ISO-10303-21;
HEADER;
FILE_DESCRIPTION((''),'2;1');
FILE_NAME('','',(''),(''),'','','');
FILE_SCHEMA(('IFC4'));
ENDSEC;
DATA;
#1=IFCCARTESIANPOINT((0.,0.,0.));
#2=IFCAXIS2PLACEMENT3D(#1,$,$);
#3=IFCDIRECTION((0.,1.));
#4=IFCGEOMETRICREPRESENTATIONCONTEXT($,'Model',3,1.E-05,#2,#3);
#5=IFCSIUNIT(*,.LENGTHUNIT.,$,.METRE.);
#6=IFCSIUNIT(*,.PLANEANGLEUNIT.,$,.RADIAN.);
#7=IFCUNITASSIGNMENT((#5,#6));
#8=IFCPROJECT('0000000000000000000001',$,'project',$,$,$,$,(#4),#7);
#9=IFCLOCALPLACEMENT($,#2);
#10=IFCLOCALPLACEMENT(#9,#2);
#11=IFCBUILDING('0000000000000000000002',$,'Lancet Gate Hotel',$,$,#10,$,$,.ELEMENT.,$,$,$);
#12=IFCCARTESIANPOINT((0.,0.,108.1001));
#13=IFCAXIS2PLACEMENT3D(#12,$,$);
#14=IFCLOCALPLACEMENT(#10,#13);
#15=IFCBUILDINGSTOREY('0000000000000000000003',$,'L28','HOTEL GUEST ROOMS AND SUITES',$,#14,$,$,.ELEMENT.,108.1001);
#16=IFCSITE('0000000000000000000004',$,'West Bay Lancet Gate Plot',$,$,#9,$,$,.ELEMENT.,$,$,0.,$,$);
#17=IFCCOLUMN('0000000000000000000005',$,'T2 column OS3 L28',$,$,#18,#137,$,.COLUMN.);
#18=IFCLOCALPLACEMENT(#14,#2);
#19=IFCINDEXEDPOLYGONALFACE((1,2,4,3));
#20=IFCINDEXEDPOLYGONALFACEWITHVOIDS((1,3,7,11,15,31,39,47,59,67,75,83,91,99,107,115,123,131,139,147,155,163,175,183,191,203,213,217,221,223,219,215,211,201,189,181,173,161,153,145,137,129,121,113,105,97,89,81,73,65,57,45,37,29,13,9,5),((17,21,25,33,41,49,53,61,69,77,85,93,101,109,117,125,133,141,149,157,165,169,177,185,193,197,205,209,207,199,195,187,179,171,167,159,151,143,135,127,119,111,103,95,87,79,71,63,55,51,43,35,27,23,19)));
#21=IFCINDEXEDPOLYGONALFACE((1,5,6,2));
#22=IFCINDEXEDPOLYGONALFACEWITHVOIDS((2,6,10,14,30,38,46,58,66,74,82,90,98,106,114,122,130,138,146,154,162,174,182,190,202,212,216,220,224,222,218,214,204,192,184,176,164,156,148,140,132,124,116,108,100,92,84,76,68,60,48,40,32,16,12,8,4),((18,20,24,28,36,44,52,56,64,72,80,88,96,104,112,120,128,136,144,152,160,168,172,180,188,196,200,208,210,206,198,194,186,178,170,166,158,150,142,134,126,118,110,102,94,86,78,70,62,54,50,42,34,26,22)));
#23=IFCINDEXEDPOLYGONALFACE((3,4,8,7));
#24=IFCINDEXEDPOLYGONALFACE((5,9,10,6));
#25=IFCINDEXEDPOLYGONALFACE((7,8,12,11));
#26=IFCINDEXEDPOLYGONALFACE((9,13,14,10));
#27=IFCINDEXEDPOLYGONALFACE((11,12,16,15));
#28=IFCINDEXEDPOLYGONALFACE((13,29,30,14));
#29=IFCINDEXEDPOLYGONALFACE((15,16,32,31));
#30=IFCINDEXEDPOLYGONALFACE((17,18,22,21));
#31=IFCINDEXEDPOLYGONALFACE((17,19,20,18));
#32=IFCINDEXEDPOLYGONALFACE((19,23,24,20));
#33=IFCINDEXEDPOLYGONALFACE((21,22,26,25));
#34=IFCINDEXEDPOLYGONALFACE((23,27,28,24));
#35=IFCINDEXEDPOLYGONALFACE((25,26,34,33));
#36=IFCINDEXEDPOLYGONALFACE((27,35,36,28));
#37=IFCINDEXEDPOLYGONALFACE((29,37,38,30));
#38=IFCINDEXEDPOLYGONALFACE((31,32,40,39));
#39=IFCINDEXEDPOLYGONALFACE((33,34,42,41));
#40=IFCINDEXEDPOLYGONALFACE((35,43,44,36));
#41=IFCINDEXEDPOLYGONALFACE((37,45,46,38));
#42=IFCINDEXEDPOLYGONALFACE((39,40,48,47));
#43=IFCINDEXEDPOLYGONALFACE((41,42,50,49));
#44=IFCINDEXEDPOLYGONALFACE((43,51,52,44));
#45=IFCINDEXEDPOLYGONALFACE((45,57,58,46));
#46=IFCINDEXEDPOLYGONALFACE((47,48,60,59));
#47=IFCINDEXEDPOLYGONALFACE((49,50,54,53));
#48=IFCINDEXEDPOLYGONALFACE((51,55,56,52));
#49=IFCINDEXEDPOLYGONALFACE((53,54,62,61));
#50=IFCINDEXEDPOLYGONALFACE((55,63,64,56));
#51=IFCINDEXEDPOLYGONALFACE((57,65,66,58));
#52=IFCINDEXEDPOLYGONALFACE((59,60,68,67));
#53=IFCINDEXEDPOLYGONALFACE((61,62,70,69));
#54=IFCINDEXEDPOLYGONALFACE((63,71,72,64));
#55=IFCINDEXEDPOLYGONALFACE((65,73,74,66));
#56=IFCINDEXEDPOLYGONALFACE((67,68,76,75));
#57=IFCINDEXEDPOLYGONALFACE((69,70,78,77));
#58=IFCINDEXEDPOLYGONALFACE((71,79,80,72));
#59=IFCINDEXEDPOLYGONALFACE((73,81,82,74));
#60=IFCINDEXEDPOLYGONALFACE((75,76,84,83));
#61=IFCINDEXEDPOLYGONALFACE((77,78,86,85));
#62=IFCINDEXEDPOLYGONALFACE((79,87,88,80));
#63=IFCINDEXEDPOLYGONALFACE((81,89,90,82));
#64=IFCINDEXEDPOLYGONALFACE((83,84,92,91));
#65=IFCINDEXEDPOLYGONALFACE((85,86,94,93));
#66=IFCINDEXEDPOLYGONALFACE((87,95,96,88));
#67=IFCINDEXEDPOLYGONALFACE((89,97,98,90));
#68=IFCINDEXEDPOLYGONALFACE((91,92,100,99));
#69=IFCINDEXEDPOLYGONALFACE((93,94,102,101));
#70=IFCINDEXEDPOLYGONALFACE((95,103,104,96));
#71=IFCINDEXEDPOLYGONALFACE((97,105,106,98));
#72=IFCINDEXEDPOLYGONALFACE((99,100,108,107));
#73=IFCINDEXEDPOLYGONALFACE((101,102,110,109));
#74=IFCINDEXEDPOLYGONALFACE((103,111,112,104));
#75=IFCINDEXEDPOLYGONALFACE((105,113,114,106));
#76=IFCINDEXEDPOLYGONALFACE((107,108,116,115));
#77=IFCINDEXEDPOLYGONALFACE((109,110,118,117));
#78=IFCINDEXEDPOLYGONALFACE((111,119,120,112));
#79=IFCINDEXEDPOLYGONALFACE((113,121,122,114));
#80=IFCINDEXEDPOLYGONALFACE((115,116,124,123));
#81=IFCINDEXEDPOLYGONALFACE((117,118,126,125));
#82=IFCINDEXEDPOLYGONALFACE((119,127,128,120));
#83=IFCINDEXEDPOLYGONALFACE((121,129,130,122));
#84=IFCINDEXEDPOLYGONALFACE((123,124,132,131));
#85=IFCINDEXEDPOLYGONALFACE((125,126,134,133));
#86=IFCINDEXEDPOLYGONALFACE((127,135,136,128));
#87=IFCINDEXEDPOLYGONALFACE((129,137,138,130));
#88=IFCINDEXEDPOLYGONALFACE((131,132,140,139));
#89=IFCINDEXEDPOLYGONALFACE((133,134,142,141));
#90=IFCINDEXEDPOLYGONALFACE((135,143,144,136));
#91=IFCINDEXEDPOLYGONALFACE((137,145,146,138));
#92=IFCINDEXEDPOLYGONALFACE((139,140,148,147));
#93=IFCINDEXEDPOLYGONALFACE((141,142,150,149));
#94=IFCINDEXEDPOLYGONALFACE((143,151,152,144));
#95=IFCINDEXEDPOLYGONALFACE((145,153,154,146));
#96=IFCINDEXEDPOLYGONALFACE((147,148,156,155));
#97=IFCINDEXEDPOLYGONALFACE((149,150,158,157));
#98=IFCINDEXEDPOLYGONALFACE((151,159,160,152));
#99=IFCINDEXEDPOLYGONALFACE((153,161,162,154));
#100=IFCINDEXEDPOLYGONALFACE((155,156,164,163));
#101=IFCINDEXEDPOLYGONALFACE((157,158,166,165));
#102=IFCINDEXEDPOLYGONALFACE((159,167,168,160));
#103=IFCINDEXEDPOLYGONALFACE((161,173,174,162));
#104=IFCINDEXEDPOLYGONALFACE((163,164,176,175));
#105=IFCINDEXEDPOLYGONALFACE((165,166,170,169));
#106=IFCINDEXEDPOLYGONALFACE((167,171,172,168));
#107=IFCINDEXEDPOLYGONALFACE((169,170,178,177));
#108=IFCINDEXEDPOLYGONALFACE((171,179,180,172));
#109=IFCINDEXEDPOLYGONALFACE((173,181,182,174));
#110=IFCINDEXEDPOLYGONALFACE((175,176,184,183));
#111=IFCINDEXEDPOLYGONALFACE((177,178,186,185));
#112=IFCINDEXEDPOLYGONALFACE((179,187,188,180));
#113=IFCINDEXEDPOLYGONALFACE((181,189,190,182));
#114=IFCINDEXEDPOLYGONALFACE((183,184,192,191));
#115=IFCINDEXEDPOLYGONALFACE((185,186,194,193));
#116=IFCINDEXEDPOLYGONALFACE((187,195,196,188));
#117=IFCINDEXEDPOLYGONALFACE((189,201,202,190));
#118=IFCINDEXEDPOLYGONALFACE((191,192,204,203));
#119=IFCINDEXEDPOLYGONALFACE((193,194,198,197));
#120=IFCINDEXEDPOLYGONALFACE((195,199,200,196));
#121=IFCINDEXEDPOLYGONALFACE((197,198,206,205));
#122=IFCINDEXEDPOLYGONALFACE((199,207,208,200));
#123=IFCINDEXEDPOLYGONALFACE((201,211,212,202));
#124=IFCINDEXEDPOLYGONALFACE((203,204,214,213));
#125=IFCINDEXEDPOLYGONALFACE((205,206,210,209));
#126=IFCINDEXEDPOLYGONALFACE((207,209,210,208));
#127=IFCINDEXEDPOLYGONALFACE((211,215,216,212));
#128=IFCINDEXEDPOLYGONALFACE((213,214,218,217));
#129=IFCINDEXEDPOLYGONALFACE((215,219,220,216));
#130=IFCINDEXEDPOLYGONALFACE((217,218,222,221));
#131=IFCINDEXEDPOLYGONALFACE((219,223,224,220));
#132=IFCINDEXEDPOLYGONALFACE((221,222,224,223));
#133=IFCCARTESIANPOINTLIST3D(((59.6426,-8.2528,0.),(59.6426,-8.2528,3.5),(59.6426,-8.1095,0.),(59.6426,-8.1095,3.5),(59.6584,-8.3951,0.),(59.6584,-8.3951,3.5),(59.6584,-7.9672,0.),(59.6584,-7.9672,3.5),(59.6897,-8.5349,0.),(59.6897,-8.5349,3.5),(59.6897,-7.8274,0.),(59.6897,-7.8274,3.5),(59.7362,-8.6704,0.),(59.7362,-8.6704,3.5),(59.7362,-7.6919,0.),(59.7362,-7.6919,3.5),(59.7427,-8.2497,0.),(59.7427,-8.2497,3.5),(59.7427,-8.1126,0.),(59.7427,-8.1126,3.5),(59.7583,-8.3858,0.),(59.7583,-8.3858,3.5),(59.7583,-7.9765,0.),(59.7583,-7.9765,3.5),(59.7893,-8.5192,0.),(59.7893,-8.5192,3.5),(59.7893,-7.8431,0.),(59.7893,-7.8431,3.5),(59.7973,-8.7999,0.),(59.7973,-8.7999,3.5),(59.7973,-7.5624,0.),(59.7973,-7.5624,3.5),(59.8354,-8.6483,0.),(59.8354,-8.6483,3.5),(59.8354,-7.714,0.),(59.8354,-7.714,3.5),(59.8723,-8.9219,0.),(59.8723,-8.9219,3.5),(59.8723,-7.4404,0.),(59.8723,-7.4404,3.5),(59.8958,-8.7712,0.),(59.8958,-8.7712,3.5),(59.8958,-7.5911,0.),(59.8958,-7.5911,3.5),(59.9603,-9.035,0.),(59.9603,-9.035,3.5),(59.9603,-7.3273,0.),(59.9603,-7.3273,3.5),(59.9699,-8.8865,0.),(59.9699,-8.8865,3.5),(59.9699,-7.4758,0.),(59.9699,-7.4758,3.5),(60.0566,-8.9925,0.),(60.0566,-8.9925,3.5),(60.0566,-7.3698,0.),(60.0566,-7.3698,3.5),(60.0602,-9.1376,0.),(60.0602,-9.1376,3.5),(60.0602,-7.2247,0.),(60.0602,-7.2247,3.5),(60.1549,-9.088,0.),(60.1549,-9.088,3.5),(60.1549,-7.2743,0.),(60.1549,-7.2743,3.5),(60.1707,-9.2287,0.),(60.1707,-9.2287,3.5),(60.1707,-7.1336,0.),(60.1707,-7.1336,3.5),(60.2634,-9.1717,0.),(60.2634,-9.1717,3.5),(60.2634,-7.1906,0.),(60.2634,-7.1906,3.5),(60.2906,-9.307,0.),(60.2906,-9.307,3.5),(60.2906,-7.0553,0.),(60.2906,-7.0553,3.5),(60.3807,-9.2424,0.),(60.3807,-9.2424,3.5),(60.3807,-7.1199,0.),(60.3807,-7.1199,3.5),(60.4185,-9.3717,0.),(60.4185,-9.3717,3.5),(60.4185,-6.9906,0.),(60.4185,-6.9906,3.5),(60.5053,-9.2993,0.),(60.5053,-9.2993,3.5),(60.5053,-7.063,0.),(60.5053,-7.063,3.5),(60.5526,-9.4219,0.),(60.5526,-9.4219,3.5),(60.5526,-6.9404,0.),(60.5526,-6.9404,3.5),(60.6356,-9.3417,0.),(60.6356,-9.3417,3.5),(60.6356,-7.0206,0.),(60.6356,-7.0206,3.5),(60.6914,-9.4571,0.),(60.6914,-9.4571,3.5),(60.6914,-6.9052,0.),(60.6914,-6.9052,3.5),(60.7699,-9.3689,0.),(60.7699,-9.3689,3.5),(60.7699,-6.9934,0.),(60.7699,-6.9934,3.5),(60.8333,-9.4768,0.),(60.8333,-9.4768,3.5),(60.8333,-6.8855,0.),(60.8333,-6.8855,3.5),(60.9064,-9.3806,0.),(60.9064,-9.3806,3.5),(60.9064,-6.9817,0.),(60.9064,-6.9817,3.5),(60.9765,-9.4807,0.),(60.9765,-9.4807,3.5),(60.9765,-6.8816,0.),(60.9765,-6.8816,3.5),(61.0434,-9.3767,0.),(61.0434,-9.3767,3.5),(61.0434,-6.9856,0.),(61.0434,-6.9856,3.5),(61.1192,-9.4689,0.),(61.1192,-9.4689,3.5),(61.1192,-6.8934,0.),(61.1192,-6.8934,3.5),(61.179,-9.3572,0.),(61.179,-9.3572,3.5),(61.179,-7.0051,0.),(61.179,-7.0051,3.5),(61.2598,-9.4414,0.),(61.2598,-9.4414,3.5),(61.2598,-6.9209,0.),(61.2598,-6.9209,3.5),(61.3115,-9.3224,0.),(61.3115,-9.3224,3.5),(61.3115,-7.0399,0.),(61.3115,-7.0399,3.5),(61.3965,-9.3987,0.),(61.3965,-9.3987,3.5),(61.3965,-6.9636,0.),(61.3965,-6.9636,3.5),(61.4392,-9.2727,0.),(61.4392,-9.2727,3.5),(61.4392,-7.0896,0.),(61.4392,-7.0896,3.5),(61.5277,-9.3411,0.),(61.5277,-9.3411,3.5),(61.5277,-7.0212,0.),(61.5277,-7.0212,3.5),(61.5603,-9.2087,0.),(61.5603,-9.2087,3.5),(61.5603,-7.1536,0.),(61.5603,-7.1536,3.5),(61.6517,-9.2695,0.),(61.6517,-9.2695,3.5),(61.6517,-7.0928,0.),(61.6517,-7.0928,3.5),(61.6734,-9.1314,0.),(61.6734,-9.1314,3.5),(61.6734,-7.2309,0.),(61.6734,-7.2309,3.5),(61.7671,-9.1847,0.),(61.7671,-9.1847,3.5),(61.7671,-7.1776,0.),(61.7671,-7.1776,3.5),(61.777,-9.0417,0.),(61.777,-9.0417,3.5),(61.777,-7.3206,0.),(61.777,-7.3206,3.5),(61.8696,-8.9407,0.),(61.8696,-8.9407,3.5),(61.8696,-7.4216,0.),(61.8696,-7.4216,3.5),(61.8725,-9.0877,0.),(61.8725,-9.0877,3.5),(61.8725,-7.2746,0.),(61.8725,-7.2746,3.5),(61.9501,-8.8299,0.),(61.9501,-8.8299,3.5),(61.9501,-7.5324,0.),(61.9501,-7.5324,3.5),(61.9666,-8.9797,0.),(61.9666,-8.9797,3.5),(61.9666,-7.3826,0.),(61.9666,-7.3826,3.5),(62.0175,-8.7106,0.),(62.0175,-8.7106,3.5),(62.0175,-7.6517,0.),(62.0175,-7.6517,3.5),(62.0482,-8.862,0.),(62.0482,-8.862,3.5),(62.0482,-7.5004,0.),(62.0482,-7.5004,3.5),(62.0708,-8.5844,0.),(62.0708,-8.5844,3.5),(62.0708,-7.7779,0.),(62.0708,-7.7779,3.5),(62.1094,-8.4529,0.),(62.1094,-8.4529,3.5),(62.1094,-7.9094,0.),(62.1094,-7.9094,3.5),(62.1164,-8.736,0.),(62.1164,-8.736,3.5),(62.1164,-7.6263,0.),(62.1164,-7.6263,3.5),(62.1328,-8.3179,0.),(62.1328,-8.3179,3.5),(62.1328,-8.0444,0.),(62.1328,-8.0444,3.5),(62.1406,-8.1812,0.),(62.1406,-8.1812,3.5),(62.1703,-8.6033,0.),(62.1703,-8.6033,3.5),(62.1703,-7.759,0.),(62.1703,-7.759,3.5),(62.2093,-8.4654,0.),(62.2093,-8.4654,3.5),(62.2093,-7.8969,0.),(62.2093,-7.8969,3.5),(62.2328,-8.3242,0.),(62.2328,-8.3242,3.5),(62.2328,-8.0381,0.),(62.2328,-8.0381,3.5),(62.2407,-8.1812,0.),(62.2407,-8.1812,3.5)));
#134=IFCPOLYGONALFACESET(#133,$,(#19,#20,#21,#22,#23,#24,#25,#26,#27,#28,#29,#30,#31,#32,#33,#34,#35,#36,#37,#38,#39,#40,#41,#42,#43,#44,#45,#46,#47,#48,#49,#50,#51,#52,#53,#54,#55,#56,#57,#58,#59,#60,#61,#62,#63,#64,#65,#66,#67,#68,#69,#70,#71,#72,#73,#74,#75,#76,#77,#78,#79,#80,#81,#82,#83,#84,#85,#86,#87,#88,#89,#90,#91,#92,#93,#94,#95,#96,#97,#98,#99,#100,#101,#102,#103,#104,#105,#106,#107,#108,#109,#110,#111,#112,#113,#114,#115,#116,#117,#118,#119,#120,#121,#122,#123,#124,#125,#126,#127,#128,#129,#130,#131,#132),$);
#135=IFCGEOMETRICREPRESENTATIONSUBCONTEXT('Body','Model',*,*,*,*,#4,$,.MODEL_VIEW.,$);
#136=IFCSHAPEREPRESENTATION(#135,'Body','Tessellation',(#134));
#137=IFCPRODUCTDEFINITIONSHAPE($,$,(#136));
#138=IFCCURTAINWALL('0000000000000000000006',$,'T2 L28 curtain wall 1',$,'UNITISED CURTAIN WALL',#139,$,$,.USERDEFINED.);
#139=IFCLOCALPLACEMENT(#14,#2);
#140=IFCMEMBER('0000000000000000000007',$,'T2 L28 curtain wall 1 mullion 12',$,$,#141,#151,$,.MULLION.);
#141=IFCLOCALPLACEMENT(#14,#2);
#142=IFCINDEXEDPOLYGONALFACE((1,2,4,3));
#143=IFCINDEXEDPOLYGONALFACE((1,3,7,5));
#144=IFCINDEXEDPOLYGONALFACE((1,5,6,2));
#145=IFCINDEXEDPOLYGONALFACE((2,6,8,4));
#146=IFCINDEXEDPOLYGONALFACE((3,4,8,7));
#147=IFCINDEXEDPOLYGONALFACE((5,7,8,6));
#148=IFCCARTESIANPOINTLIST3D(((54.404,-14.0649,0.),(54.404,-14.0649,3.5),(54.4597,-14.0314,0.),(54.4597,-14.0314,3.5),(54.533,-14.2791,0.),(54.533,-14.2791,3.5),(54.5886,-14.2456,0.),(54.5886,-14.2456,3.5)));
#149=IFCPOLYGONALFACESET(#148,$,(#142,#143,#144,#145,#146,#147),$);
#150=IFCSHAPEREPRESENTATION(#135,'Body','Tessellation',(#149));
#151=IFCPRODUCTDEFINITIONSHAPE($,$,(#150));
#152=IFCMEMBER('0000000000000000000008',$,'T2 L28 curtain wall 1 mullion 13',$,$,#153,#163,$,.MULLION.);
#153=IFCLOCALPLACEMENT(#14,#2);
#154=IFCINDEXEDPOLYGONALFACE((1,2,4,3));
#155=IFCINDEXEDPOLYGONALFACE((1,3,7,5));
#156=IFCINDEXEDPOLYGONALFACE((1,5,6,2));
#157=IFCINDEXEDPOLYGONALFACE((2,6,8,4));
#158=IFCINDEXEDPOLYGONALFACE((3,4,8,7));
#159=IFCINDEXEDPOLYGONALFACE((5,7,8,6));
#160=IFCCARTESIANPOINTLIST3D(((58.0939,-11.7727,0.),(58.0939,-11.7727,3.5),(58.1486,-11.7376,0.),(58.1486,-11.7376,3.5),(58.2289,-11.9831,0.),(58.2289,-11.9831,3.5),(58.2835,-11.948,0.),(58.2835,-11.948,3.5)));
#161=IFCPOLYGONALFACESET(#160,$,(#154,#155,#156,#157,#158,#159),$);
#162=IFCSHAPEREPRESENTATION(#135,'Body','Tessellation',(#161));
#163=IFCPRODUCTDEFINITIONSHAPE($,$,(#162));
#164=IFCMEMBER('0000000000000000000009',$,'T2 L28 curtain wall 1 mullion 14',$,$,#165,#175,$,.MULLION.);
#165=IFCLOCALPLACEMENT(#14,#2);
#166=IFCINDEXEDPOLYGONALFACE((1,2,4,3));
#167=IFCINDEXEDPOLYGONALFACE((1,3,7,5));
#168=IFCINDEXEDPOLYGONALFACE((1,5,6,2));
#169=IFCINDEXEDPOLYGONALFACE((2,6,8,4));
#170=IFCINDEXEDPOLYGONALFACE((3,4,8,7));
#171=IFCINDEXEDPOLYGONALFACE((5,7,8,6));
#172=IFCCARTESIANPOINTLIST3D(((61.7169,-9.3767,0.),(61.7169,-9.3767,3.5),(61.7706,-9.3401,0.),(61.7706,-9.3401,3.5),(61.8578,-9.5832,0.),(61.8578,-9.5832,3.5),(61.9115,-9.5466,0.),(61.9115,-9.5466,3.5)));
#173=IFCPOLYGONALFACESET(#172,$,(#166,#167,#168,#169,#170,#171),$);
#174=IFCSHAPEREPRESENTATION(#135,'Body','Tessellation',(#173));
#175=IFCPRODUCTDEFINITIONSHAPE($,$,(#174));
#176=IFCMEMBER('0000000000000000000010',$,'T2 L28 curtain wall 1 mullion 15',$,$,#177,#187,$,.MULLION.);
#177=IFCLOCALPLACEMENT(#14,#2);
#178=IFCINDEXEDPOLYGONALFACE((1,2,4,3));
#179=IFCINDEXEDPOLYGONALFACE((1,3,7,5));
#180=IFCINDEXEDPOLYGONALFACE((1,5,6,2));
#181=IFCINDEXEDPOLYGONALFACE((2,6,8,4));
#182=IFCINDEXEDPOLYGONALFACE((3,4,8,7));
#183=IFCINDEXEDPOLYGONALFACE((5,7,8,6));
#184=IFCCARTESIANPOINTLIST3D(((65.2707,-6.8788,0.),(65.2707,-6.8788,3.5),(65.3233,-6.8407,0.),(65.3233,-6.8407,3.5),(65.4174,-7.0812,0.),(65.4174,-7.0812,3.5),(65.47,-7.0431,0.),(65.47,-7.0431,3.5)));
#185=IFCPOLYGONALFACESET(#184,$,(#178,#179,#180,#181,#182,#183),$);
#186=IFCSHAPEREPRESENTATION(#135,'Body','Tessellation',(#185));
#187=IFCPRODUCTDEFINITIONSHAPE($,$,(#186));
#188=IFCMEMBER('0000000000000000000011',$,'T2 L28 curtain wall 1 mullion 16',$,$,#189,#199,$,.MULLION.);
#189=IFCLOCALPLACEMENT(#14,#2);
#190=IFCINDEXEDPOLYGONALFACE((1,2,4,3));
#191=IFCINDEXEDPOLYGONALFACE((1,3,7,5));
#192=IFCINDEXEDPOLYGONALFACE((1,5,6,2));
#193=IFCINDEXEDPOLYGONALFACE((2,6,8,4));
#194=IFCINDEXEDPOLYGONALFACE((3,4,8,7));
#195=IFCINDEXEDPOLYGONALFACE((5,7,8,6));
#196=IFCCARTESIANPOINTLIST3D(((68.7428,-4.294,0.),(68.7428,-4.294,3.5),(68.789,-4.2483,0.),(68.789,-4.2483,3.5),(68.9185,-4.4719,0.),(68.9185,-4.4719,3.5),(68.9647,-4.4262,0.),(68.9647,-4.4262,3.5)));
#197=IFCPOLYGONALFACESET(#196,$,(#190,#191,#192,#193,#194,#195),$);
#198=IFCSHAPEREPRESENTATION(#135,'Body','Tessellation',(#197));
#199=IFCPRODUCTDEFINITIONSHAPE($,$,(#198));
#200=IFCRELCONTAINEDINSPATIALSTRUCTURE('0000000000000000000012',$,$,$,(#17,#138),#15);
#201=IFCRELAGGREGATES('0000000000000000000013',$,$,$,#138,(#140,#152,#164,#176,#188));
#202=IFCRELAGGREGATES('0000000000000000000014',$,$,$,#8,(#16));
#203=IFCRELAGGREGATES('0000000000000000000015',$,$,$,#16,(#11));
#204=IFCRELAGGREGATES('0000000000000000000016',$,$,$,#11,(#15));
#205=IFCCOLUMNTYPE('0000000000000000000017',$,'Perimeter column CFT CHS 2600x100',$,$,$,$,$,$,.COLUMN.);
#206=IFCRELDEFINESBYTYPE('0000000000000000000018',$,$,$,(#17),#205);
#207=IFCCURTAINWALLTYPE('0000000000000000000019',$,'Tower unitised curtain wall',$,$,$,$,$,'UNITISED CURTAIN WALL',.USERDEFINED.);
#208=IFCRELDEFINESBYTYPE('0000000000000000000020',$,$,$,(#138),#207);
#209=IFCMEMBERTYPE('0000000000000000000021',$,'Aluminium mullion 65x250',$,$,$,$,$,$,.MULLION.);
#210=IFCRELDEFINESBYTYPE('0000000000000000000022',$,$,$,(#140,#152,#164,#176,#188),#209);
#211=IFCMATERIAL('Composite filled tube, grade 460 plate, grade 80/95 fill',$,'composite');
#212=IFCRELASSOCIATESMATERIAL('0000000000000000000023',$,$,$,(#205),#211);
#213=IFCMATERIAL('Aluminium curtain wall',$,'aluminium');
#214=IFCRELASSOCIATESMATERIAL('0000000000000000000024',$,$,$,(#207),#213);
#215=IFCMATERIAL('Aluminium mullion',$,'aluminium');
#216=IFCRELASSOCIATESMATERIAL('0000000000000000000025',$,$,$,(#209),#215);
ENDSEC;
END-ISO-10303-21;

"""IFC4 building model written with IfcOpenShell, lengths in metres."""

from ifc_helpers import new_model, si_unit, direction, frame, origin, origin_2d, place, context, subcontext, project, spatial, rectangle, hollow_circle, extrude, material, material_profile, profile_set, type_object, element, aggregate, save


model = new_model("IFC4")

# Units and contexts
model_context = context("Model", 3, precision=1e-05, world=origin(), true_north=direction((0.0, 1.0)))
body_context = subcontext(model_context, "Body", "Model", "MODEL_VIEW")
ifc_project = project(units=[si_unit("LENGTHUNIT", "METRE"), si_unit("PLANEANGLEUNIT", "RADIAN")], contexts=[model_context])

# Site, building, storey
site_placement = place(None, origin())
site = spatial("IfcSite", under=ifc_project, at=site_placement, Name="West Bay Lancet Gate Plot", CompositionType="ELEMENT", RefElevation=0.0)
building_placement = place(site_placement, origin())
building = spatial("IfcBuilding", under=site, at=building_placement, Name="Lancet Gate Hotel", CompositionType="ELEMENT")
storey_placement = place(building_placement, frame((0.0, 0.0, 108.1001)))
storey = spatial("IfcBuildingStorey", under=building, at=storey_placement, Name="L28", Description="HOTEL GUEST ROOMS AND SUITES", CompositionType="ELEMENT", Elevation=108.1001)

# Column
ifc_material_1 = material(Name="Composite filled tube, grade 460 plate, grade 80/95 fill", Category="composite")
ifc_material_profile_1 = material_profile(ifc_material_1, hollow_circle(Radius=1.3, WallThickness=0.1001, at=origin_2d()), Name="CHS 2600x100")
ifc_profile_set_1 = profile_set([ifc_material_profile_1], Name="Composite filled tube, grade 460 plate, grade 80/95 fill")
column_type = type_object("IfcColumnType", Name="Perimeter column CFT CHS 2600x100", PredefinedType="COLUMN", material=ifc_profile_set_1)
column_placement = place(storey_placement, frame((60.9407, -8.1812, 0.0), z_axis=(0.0, 0.0, 1.0), x_axis=(1.0, 0.0, 0.0)))
element("IfcColumn", 1, at=column_placement, inside=storey, type_object=column_type, Name="T2 column OS3 L28", PredefinedType="COLUMN", context=body_context, shape_type="SweptSolid", body=[
    extrude(hollow_circle(Radius=1.3, WallThickness=0.1001, at=origin_2d()), origin(), (0.0, 0.0, 1.0), 3.5),
])

# Curtain wall, members
ifc_material_2 = material(Name="Aluminium curtain wall", Category="aluminium")
curtain_wall_type = type_object("IfcCurtainWallType", Name="Tower unitised curtain wall", ElementType="UNITISED CURTAIN WALL", PredefinedType="USERDEFINED", material=ifc_material_2)
curtain_wall_placement = place(storey_placement, origin())
curtain_wall = element("IfcCurtainWall", 2, at=curtain_wall_placement, inside=storey, type_object=curtain_wall_type, Name="T2 L28 curtain wall 1", ObjectType="UNITISED CURTAIN WALL", PredefinedType="USERDEFINED")
ifc_material_3 = material(Name="Aluminium mullion", Category="aluminium")
ifc_material_profile_2 = material_profile(ifc_material_3, rectangle(XDim=0.0649, YDim=0.25, at=origin_2d()), Name="MULLION 65x250")
ifc_profile_set_2 = profile_set([ifc_material_profile_2], Name="Aluminium mullion")
member_type_1 = type_object("IfcMemberType", Name="Aluminium mullion 65x250", PredefinedType="MULLION", material=ifc_profile_set_2)
member_1_placement = place(storey_placement, frame((54.4963, -14.1553, 0.0), z_axis=(0.0, 0.0, 1.0), x_axis=(0.856728, 0.515768, 0.0)))
member_1 = element("IfcMember", 3, at=member_1_placement, type_object=member_type_1, Name="T2 L28 curtain wall 1 mullion 12", PredefinedType="MULLION", context=body_context, shape_type="SweptSolid", body=[
    extrude(rectangle(XDim=0.0649, YDim=0.25, at=origin_2d()), origin(), (0.0, 0.0, 1.0), 3.5),
])
member_2_placement = place(storey_placement, frame((58.1887, -11.8604, 0.0), z_axis=(0.0, 0.0, 1.0), x_axis=(0.841736, 0.539889, 0.0)))
member_2 = element("IfcMember", 4, at=member_2_placement, type_object=member_type_1, Name="T2 L28 curtain wall 1 mullion 13", PredefinedType="MULLION", context=body_context, shape_type="SweptSolid", body=[
    extrude(rectangle(XDim=0.0649, YDim=0.25, at=origin_2d()), origin(), (0.0, 0.0, 1.0), 3.5),
])
member_3_placement = place(storey_placement, frame((61.8142, -9.4617, 0.0), z_axis=(0.0, 0.0, 1.0), x_axis=(0.826066, 0.563574, 0.0)))
member_3 = element("IfcMember", 5, at=member_3_placement, type_object=member_type_1, Name="T2 L28 curtain wall 1 mullion 14", PredefinedType="MULLION", context=body_context, shape_type="SweptSolid", body=[
    extrude(rectangle(XDim=0.0649, YDim=0.25, at=origin_2d()), origin(), (0.0, 0.0, 1.0), 3.5),
])
member_4_placement = place(storey_placement, frame((65.3704, -6.9609, 0.0), z_axis=(0.0, 0.0, 1.0), x_axis=(0.809729, 0.586805, 0.0)))
member_4 = element("IfcMember", 6, at=member_4_placement, type_object=member_type_1, Name="T2 L28 curtain wall 1 mullion 15", PredefinedType="MULLION", context=body_context, shape_type="SweptSolid", body=[
    extrude(rectangle(XDim=0.0649, YDim=0.25, at=origin_2d()), origin(), (0.0, 0.0, 1.0), 3.5),
])
member_5_placement = place(storey_placement, frame((68.8538, -4.3601, 0.0), z_axis=(0.0, 0.0, 1.0), x_axis=(0.71161, 0.702574, 0.0)))
member_5 = element("IfcMember", 7, at=member_5_placement, type_object=member_type_1, Name="T2 L28 curtain wall 1 mullion 16", PredefinedType="MULLION", context=body_context, shape_type="SweptSolid", body=[
    extrude(rectangle(XDim=0.0649, YDim=0.25, at=origin_2d()), origin(), (0.0, 0.0, 1.0), 3.5),
])

aggregate(curtain_wall, [member_1, member_2, member_3, member_4, member_5])

save(model, "model.ifc")
